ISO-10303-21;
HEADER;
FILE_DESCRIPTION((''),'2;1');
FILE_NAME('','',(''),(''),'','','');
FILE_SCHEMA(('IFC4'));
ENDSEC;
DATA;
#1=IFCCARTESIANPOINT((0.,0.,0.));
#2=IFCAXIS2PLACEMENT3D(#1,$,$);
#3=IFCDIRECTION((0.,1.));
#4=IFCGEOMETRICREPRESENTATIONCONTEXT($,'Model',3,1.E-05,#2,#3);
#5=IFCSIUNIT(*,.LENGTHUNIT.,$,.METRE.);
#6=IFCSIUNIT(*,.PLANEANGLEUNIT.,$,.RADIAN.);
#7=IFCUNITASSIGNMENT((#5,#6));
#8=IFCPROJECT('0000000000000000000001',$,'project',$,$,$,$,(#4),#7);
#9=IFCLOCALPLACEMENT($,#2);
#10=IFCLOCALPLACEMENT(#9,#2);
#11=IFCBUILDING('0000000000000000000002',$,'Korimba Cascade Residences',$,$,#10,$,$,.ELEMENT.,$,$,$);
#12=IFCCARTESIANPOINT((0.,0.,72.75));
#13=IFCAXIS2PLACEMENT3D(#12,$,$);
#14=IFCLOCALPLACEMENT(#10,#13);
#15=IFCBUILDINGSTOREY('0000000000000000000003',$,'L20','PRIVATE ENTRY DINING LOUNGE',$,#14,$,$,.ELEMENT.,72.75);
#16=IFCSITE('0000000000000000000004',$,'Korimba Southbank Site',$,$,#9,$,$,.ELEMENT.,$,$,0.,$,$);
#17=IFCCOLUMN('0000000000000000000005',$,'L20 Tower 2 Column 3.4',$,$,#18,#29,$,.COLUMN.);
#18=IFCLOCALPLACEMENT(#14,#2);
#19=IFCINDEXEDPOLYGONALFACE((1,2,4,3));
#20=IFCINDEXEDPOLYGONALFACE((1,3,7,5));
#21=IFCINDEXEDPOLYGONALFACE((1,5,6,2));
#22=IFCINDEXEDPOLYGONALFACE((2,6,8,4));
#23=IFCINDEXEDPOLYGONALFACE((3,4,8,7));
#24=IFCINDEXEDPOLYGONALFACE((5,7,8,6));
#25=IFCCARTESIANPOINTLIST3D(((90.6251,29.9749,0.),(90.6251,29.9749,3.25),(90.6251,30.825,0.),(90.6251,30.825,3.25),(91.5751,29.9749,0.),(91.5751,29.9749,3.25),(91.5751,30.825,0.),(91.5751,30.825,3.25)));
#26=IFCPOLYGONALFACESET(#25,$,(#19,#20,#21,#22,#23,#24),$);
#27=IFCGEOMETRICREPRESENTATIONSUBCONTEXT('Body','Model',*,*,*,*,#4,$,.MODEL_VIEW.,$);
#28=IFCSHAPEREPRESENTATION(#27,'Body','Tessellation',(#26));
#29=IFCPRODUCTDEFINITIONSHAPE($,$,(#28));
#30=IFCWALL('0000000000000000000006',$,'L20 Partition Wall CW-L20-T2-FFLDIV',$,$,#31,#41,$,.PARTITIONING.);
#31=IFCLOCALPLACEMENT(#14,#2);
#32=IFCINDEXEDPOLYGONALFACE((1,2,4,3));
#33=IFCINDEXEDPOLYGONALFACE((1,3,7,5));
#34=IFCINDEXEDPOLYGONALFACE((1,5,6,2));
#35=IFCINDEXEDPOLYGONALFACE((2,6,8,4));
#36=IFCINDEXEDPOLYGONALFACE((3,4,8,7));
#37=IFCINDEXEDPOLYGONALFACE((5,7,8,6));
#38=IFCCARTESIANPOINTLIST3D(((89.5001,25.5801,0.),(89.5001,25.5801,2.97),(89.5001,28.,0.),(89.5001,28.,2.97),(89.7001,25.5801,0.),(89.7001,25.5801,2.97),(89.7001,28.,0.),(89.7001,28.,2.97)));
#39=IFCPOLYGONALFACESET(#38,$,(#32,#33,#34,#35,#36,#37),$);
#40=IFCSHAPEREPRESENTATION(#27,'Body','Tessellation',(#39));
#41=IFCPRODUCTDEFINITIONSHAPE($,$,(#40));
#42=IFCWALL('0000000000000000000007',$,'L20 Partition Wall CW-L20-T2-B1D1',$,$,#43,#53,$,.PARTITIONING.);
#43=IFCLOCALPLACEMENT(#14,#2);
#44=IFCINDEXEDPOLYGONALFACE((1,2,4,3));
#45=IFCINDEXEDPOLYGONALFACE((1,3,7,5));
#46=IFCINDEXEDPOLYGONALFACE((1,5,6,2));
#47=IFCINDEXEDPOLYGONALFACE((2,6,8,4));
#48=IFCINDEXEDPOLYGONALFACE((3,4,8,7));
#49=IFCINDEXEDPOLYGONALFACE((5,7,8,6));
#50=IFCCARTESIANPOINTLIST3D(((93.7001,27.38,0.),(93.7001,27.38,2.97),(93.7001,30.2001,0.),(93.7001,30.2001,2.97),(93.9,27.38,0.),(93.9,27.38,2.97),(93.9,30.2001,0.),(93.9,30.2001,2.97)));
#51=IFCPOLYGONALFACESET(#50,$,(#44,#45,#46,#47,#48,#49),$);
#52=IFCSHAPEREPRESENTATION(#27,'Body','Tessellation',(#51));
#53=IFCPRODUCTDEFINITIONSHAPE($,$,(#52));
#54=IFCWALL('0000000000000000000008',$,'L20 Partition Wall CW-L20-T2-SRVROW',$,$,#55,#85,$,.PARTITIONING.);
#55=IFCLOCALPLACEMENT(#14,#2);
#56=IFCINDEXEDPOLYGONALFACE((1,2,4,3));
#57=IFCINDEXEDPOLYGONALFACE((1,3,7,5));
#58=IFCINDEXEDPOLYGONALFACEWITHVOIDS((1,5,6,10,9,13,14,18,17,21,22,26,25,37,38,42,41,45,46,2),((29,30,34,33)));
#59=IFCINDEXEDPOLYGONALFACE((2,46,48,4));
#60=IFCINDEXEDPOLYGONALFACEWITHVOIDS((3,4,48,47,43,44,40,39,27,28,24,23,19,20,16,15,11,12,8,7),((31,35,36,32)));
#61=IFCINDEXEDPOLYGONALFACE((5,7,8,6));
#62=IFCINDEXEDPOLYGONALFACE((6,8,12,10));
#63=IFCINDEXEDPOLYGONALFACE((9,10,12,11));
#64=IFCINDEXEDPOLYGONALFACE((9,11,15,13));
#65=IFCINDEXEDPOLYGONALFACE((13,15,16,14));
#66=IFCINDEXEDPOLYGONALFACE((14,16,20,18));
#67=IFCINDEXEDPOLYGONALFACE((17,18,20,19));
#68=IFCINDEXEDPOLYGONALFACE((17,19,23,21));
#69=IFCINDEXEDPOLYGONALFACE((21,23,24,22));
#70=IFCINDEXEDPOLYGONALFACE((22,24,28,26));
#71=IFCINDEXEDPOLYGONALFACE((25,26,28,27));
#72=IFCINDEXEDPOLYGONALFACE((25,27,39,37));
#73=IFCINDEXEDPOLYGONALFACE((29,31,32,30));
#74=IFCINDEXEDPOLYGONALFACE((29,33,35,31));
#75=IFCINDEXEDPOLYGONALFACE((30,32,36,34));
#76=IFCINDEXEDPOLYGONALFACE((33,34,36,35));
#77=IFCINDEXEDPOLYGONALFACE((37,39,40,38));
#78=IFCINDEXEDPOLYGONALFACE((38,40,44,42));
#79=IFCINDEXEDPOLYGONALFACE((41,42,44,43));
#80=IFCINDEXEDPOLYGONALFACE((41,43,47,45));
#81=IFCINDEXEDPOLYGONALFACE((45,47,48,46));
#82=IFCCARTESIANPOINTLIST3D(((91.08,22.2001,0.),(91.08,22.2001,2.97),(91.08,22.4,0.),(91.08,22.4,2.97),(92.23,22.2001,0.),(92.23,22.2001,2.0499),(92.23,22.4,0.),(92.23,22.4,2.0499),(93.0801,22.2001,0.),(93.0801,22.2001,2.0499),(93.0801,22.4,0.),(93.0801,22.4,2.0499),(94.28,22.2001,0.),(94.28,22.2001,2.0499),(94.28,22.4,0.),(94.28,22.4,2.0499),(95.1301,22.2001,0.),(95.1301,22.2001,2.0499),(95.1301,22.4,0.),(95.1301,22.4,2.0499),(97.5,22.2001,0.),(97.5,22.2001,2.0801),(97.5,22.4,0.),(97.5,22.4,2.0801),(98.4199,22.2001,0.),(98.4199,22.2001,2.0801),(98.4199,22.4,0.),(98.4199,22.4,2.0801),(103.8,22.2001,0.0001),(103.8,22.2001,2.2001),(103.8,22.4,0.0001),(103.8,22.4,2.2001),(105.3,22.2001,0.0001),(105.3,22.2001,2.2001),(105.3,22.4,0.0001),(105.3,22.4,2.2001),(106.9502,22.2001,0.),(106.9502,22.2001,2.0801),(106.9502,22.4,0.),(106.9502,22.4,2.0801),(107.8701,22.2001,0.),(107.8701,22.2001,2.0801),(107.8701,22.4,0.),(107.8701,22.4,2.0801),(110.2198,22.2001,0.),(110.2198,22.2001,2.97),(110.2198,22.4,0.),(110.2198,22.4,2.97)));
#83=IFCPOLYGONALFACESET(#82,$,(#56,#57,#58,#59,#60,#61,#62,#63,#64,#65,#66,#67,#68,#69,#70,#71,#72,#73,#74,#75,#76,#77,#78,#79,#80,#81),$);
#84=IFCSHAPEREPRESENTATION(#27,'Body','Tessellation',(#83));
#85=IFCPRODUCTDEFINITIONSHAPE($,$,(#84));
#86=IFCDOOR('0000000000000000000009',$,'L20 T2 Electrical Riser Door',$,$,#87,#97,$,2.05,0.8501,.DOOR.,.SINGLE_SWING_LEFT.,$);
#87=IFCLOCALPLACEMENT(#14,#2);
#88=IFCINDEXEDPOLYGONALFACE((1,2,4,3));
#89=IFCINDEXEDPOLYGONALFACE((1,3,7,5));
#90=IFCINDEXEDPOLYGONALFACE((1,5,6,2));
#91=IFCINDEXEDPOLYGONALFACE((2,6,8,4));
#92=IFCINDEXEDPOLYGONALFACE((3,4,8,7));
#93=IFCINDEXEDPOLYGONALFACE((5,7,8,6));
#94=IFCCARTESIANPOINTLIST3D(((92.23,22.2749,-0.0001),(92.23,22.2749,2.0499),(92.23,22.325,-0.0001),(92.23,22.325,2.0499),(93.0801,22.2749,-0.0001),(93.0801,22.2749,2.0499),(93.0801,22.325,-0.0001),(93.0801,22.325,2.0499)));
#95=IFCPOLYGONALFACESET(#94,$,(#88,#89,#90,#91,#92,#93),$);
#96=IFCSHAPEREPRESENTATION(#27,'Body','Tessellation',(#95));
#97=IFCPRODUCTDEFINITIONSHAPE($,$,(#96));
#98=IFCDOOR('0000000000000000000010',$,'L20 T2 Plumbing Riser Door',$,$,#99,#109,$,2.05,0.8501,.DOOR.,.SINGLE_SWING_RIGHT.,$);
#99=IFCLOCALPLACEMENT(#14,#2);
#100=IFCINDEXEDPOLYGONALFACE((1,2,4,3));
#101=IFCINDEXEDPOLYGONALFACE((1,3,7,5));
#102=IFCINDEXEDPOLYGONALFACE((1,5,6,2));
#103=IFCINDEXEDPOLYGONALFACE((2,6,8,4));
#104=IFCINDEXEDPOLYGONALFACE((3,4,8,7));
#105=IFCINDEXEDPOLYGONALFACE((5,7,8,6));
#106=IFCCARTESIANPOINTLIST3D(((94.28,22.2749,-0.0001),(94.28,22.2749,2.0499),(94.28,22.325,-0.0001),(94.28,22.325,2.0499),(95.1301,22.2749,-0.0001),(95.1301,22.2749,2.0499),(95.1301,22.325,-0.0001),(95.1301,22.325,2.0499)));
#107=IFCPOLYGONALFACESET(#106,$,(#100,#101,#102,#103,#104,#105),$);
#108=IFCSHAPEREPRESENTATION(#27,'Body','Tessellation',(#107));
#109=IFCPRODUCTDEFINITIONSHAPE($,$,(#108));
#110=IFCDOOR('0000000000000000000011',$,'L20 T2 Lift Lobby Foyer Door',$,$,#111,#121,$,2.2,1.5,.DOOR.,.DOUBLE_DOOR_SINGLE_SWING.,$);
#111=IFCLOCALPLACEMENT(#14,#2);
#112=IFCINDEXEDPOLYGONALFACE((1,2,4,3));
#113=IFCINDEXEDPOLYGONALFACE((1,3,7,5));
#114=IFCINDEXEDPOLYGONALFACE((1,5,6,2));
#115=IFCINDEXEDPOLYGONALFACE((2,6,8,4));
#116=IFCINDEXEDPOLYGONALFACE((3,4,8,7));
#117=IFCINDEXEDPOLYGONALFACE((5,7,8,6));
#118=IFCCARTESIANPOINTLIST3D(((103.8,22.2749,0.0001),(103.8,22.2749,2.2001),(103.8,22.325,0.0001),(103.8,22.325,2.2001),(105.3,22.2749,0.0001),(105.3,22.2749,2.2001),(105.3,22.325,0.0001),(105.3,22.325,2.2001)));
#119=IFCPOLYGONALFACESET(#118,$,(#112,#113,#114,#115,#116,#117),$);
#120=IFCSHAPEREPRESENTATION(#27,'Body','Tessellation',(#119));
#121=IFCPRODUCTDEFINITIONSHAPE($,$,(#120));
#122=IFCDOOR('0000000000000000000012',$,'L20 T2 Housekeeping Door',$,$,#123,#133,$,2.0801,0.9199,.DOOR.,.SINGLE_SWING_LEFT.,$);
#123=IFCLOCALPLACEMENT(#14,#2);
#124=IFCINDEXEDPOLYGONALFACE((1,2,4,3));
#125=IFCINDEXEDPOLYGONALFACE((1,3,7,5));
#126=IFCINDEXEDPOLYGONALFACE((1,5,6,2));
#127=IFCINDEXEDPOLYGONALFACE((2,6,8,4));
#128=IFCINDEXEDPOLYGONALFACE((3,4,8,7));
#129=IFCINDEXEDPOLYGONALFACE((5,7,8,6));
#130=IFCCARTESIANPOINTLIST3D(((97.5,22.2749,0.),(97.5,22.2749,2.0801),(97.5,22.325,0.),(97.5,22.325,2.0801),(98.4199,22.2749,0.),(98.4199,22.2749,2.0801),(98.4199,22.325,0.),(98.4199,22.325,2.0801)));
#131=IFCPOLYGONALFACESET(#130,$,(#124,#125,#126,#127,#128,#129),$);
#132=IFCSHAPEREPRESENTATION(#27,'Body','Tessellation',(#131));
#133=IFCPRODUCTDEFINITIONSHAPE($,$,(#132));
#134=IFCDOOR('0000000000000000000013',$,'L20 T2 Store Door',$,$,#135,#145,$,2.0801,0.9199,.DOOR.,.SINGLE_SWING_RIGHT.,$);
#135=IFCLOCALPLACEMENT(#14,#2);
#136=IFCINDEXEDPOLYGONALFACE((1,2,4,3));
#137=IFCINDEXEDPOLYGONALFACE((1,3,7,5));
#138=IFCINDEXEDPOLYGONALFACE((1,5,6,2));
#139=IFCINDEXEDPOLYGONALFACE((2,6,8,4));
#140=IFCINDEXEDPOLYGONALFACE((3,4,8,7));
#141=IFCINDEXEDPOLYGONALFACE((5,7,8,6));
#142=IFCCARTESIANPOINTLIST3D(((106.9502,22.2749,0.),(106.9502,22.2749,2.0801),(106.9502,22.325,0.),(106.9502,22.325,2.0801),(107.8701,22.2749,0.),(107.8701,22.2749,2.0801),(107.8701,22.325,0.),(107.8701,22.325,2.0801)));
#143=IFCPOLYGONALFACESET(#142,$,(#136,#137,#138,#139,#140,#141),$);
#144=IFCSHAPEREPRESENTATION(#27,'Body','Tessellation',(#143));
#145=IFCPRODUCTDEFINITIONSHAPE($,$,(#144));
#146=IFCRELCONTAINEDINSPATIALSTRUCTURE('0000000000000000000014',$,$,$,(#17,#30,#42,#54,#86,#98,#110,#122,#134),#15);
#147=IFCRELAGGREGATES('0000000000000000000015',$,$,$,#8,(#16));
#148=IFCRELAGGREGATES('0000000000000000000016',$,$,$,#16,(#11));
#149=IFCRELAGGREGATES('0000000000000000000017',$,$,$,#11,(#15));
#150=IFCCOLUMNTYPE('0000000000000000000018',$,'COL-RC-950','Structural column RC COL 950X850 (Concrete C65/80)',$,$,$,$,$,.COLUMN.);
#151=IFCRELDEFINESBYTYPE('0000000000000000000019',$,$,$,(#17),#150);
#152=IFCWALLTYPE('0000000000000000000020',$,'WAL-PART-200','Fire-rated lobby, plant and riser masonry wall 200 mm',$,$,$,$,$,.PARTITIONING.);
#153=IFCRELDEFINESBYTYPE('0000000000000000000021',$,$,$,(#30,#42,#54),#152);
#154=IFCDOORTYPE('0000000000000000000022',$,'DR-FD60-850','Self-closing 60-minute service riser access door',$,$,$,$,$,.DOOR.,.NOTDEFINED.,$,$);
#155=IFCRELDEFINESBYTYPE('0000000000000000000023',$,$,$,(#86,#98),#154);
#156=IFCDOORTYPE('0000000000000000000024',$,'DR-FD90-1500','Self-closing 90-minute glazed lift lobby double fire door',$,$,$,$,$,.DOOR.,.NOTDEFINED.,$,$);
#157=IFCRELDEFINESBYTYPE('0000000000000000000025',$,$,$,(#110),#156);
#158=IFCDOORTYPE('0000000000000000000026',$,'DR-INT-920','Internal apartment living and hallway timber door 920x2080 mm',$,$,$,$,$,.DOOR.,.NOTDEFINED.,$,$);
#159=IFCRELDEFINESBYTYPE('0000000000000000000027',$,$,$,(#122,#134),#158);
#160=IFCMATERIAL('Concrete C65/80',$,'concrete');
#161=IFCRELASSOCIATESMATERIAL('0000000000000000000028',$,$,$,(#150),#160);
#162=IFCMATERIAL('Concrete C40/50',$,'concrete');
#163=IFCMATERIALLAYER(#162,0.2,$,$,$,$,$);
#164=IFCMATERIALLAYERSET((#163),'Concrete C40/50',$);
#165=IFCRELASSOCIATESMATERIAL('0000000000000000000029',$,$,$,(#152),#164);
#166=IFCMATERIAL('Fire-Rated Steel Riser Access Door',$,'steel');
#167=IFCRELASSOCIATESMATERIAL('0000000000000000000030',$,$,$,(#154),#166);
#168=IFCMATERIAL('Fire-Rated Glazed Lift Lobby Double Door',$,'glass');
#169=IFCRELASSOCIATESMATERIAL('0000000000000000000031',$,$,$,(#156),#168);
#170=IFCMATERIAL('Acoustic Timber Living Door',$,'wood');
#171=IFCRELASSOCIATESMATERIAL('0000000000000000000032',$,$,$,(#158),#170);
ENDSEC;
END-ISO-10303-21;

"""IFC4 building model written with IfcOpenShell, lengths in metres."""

from ifc_helpers import new_model, si_unit, direction, frame, frame_2d, origin, origin_2d, place, context, subcontext, project, spatial, rectangle, extrude, material, layer, layer_set, material_profile, profile_set, type_object, element, fill, save


model = new_model("IFC4")

# Units and contexts
model_context = context("Model", 3, precision=1e-05, world=origin(), true_north=direction((0.0, 1.0)))
body_context = subcontext(model_context, "Body", "Model", "MODEL_VIEW")
ifc_project = project(units=[si_unit("LENGTHUNIT", "METRE"), si_unit("PLANEANGLEUNIT", "RADIAN")], contexts=[model_context])

# Site, building, storey
site_placement = place(None, origin())
site = spatial("IfcSite", under=ifc_project, at=site_placement, Name="Korimba Southbank Site", CompositionType="ELEMENT", RefElevation=0.0)
building_placement = place(site_placement, origin())
building = spatial("IfcBuilding", under=site, at=building_placement, Name="Korimba Cascade Residences", CompositionType="ELEMENT")
storey_placement = place(building_placement, frame((0.0, 0.0, 72.75)))
storey = spatial("IfcBuildingStorey", under=building, at=storey_placement, Name="L20", Description="PRIVATE ENTRY DINING LOUNGE", CompositionType="ELEMENT", Elevation=72.75)

# Column
ifc_material_1 = material(Name="Concrete C65/80", Category="concrete")
ifc_material_profile = material_profile(ifc_material_1, rectangle(XDim=0.95, YDim=0.8501, at=origin_2d()), Name="Concrete C65/80")
ifc_profile_set = profile_set([ifc_material_profile], Name="Concrete C65/80")
column_type = type_object("IfcColumnType", Name="COL-RC-950", Description="Structural column RC COL 950X850 (Concrete C65/80)", PredefinedType="COLUMN", material=ifc_profile_set)
column_placement = place(storey_placement, frame((91.1001, 30.3999, 0.0), z_axis=(0.0, 0.0, 1.0), x_axis=(1.0, 0.0, 0.0)))
element("IfcColumn", 1, at=column_placement, inside=storey, type_object=column_type, Name="L20 Tower 2 Column 3.4", PredefinedType="COLUMN", context=body_context, shape_type="SweptSolid", body=[
    extrude(rectangle(XDim=0.95, YDim=0.8501, at=origin_2d()), origin(), (0.0, 0.0, 1.0), 3.25),
])

# Walls
ifc_material_2 = material(Name="Concrete C40/50", Category="concrete")
ifc_layer_1 = layer(ifc_material_2, 0.2)
ifc_layer_set_1 = layer_set([ifc_layer_1], Name="Concrete C40/50")
wall_type_1 = type_object("IfcWallType", Name="WAL-PART-200", Description="Fire-rated lobby, plant and riser masonry wall 200 mm", PredefinedType="PARTITIONING", material=ifc_layer_set_1)
wall_1_placement = place(storey_placement, frame((89.6001, 25.5801, 0.0), z_axis=(0.0, 0.0, 1.0), x_axis=(0.0, 1.0, 0.0)))
element("IfcWall", 2, at=wall_1_placement, inside=storey, type_object=wall_type_1, Name="L20 Partition Wall CW-L20-T2-FFLDIV", PredefinedType="PARTITIONING", context=body_context, shape_type="SweptSolid", body=[
    extrude(rectangle(XDim=2.4199, YDim=0.2, at=frame_2d((1.21, 0.0))), origin(), (0.0, 0.0, 1.0), 2.97),
])
wall_2_placement = place(storey_placement, frame((93.8, 27.3799, 0.0), z_axis=(0.0, 0.0, 1.0), x_axis=(0.0, 1.0, 0.0)))
element("IfcWall", 3, at=wall_2_placement, inside=storey, type_object=wall_type_1, Name="L20 Partition Wall CW-L20-T2-B1D1", PredefinedType="PARTITIONING", context=body_context, shape_type="SweptSolid", body=[
    extrude(rectangle(XDim=2.8201, YDim=0.2, at=frame_2d((1.4102, 0.0))), origin(), (0.0, 0.0, 1.0), 2.97),
])

# Wall, openings, doors
wall_3_placement = place(storey_placement, frame((91.0801, 22.3, 0.0), z_axis=(0.0, 0.0, 1.0), x_axis=(1.0, 0.0, 0.0)))
wall_3 = element("IfcWall", 4, at=wall_3_placement, inside=storey, type_object=wall_type_1, Name="L20 Partition Wall CW-L20-T2-SRVROW", PredefinedType="PARTITIONING", context=body_context, shape_type="SweptSolid", body=[
    extrude(rectangle(XDim=19.1399, YDim=0.2, at=frame_2d((9.5698, 0.0))), origin(), (0.0, 0.0, 1.0), 2.97),
])
opening_1_placement = place(wall_3_placement, frame((1.1499, 0.0, 0.0)))
opening_1 = element("IfcOpeningElement", 5, at=opening_1_placement, cuts=wall_3, PredefinedType="OPENING", context=body_context, shape_type="SweptSolid", body=[
    extrude(rectangle(XDim=0.8501, YDim=2.05, at=frame_2d((0.425, 1.0249))), frame((0.0, 0.1099, 0.0), z_axis=(0.0, -1.0, 0.0), x_axis=(1.0, 0.0, 0.0)), (0.0, 0.0, 1.0), 0.22),
])
opening_2_placement = place(wall_3_placement, frame((3.2, 0.0, 0.0)))
opening_2 = element("IfcOpeningElement", 6, at=opening_2_placement, cuts=wall_3, PredefinedType="OPENING", context=body_context, shape_type="SweptSolid", body=[
    extrude(rectangle(XDim=0.8501, YDim=2.05, at=frame_2d((0.425, 1.0249))), frame((0.0, 0.1099, 0.0), z_axis=(0.0, -1.0, 0.0), x_axis=(1.0, 0.0, 0.0)), (0.0, 0.0, 1.0), 0.22),
])
opening_3_placement = place(wall_3_placement, frame((12.72, 0.0, 0.0)))
opening_3 = element("IfcOpeningElement", 7, at=opening_3_placement, cuts=wall_3, PredefinedType="OPENING", context=body_context, shape_type="SweptSolid", body=[
    extrude(rectangle(XDim=1.5, YDim=2.2, at=frame_2d((0.75, 1.1001))), frame((0.0, 0.1099, 0.0), z_axis=(0.0, -1.0, 0.0), x_axis=(1.0, 0.0, 0.0)), (0.0, 0.0, 1.0), 0.22),
])
opening_4_placement = place(wall_3_placement, frame((6.4199, 0.0, 0.0)))
opening_4 = element("IfcOpeningElement", 8, at=opening_4_placement, cuts=wall_3, PredefinedType="OPENING", context=body_context, shape_type="SweptSolid", body=[
    extrude(rectangle(XDim=0.9199, YDim=2.0801, at=frame_2d((0.46, 1.04))), frame((0.0, 0.1099, 0.0), z_axis=(0.0, -1.0, 0.0), x_axis=(1.0, 0.0, 0.0)), (0.0, 0.0, 1.0), 0.22),
])
opening_5_placement = place(wall_3_placement, frame((15.8701, 0.0, 0.0)))
opening_5 = element("IfcOpeningElement", 9, at=opening_5_placement, cuts=wall_3, PredefinedType="OPENING", context=body_context, shape_type="SweptSolid", body=[
    extrude(rectangle(XDim=0.9199, YDim=2.0801, at=frame_2d((0.46, 1.04))), frame((0.0, 0.1099, 0.0), z_axis=(0.0, -1.0, 0.0), x_axis=(1.0, 0.0, 0.0)), (0.0, 0.0, 1.0), 0.22),
])
ifc_material_3 = material(Name="Fire-Rated Steel Riser Access Door", Category="steel")
door_type_1 = type_object("IfcDoorType", Name="DR-FD60-850", Description="Self-closing 60-minute service riser access door", OperationType="NOTDEFINED", PredefinedType="DOOR", material=ifc_material_3)
door_1_placement = place(opening_1_placement, origin())
door_1 = element("IfcDoor", 10, at=door_1_placement, inside=storey, type_object=door_type_1, Name="L20 T2 Electrical Riser Door", OperationType="SINGLE_SWING_LEFT", OverallHeight=2.05, OverallWidth=0.8501, PredefinedType="DOOR", context=body_context, shape_type="SweptSolid", body=[
    extrude(rectangle(XDim=0.8501, YDim=2.05, at=frame_2d((0.425, 1.0249))), frame((0.0, 0.0249, 0.0), z_axis=(0.0, -1.0, 0.0), x_axis=(1.0, 0.0, 0.0)), (0.0, 0.0, 1.0), 0.05),
])
fill(opening_1, door_1)
door_2_placement = place(opening_2_placement, origin())
door_2 = element("IfcDoor", 11, at=door_2_placement, inside=storey, type_object=door_type_1, Name="L20 T2 Plumbing Riser Door", OperationType="SINGLE_SWING_RIGHT", OverallHeight=2.05, OverallWidth=0.8501, PredefinedType="DOOR", context=body_context, shape_type="SweptSolid", body=[
    extrude(rectangle(XDim=0.8501, YDim=2.05, at=frame_2d((0.425, 1.0249))), frame((0.0, 0.0249, 0.0), z_axis=(0.0, -1.0, 0.0), x_axis=(1.0, 0.0, 0.0)), (0.0, 0.0, 1.0), 0.05),
])
fill(opening_2, door_2)
ifc_material_4 = material(Name="Fire-Rated Glazed Lift Lobby Double Door", Category="glass")
door_type_2 = type_object("IfcDoorType", Name="DR-FD90-1500", Description="Self-closing 90-minute glazed lift lobby double fire door", OperationType="NOTDEFINED", PredefinedType="DOOR", material=ifc_material_4)
door_3_placement = place(opening_3_placement, origin())
door_3 = element("IfcDoor", 12, at=door_3_placement, inside=storey, type_object=door_type_2, Name="L20 T2 Lift Lobby Foyer Door", OperationType="DOUBLE_DOOR_SINGLE_SWING", OverallHeight=2.2, OverallWidth=1.5, PredefinedType="DOOR", context=body_context, shape_type="SweptSolid", body=[
    extrude(rectangle(XDim=1.5, YDim=2.2, at=frame_2d((0.75, 1.1001))), frame((0.0, 0.0249, 0.0), z_axis=(0.0, -1.0, 0.0), x_axis=(1.0, 0.0, 0.0)), (0.0, 0.0, 1.0), 0.05),
])
fill(opening_3, door_3)
ifc_material_5 = material(Name="Acoustic Timber Living Door", Category="wood")
door_type_3 = type_object("IfcDoorType", Name="DR-INT-920", Description="Internal apartment living and hallway timber door 920x2080 mm", OperationType="NOTDEFINED", PredefinedType="DOOR", material=ifc_material_5)
door_4_placement = place(opening_4_placement, origin())
door_4 = element("IfcDoor", 13, at=door_4_placement, inside=storey, type_object=door_type_3, Name="L20 T2 Housekeeping Door", OperationType="SINGLE_SWING_LEFT", OverallHeight=2.0801, OverallWidth=0.9199, PredefinedType="DOOR", context=body_context, shape_type="SweptSolid", body=[
    extrude(rectangle(XDim=0.9199, YDim=2.0801, at=frame_2d((0.46, 1.04))), frame((0.0, 0.0249, 0.0), z_axis=(0.0, -1.0, 0.0), x_axis=(1.0, 0.0, 0.0)), (0.0, 0.0, 1.0), 0.05),
])
fill(opening_4, door_4)
door_5_placement = place(opening_5_placement, origin())
door_5 = element("IfcDoor", 14, at=door_5_placement, inside=storey, type_object=door_type_3, Name="L20 T2 Store Door", OperationType="SINGLE_SWING_RIGHT", OverallHeight=2.0801, OverallWidth=0.9199, PredefinedType="DOOR", context=body_context, shape_type="SweptSolid", body=[
    extrude(rectangle(XDim=0.9199, YDim=2.0801, at=frame_2d((0.46, 1.04))), frame((0.0, 0.0249, 0.0), z_axis=(0.0, -1.0, 0.0), x_axis=(1.0, 0.0, 0.0)), (0.0, 0.0, 1.0), 0.05),
])
fill(opening_5, door_5)

save(model, "model.ifc")
